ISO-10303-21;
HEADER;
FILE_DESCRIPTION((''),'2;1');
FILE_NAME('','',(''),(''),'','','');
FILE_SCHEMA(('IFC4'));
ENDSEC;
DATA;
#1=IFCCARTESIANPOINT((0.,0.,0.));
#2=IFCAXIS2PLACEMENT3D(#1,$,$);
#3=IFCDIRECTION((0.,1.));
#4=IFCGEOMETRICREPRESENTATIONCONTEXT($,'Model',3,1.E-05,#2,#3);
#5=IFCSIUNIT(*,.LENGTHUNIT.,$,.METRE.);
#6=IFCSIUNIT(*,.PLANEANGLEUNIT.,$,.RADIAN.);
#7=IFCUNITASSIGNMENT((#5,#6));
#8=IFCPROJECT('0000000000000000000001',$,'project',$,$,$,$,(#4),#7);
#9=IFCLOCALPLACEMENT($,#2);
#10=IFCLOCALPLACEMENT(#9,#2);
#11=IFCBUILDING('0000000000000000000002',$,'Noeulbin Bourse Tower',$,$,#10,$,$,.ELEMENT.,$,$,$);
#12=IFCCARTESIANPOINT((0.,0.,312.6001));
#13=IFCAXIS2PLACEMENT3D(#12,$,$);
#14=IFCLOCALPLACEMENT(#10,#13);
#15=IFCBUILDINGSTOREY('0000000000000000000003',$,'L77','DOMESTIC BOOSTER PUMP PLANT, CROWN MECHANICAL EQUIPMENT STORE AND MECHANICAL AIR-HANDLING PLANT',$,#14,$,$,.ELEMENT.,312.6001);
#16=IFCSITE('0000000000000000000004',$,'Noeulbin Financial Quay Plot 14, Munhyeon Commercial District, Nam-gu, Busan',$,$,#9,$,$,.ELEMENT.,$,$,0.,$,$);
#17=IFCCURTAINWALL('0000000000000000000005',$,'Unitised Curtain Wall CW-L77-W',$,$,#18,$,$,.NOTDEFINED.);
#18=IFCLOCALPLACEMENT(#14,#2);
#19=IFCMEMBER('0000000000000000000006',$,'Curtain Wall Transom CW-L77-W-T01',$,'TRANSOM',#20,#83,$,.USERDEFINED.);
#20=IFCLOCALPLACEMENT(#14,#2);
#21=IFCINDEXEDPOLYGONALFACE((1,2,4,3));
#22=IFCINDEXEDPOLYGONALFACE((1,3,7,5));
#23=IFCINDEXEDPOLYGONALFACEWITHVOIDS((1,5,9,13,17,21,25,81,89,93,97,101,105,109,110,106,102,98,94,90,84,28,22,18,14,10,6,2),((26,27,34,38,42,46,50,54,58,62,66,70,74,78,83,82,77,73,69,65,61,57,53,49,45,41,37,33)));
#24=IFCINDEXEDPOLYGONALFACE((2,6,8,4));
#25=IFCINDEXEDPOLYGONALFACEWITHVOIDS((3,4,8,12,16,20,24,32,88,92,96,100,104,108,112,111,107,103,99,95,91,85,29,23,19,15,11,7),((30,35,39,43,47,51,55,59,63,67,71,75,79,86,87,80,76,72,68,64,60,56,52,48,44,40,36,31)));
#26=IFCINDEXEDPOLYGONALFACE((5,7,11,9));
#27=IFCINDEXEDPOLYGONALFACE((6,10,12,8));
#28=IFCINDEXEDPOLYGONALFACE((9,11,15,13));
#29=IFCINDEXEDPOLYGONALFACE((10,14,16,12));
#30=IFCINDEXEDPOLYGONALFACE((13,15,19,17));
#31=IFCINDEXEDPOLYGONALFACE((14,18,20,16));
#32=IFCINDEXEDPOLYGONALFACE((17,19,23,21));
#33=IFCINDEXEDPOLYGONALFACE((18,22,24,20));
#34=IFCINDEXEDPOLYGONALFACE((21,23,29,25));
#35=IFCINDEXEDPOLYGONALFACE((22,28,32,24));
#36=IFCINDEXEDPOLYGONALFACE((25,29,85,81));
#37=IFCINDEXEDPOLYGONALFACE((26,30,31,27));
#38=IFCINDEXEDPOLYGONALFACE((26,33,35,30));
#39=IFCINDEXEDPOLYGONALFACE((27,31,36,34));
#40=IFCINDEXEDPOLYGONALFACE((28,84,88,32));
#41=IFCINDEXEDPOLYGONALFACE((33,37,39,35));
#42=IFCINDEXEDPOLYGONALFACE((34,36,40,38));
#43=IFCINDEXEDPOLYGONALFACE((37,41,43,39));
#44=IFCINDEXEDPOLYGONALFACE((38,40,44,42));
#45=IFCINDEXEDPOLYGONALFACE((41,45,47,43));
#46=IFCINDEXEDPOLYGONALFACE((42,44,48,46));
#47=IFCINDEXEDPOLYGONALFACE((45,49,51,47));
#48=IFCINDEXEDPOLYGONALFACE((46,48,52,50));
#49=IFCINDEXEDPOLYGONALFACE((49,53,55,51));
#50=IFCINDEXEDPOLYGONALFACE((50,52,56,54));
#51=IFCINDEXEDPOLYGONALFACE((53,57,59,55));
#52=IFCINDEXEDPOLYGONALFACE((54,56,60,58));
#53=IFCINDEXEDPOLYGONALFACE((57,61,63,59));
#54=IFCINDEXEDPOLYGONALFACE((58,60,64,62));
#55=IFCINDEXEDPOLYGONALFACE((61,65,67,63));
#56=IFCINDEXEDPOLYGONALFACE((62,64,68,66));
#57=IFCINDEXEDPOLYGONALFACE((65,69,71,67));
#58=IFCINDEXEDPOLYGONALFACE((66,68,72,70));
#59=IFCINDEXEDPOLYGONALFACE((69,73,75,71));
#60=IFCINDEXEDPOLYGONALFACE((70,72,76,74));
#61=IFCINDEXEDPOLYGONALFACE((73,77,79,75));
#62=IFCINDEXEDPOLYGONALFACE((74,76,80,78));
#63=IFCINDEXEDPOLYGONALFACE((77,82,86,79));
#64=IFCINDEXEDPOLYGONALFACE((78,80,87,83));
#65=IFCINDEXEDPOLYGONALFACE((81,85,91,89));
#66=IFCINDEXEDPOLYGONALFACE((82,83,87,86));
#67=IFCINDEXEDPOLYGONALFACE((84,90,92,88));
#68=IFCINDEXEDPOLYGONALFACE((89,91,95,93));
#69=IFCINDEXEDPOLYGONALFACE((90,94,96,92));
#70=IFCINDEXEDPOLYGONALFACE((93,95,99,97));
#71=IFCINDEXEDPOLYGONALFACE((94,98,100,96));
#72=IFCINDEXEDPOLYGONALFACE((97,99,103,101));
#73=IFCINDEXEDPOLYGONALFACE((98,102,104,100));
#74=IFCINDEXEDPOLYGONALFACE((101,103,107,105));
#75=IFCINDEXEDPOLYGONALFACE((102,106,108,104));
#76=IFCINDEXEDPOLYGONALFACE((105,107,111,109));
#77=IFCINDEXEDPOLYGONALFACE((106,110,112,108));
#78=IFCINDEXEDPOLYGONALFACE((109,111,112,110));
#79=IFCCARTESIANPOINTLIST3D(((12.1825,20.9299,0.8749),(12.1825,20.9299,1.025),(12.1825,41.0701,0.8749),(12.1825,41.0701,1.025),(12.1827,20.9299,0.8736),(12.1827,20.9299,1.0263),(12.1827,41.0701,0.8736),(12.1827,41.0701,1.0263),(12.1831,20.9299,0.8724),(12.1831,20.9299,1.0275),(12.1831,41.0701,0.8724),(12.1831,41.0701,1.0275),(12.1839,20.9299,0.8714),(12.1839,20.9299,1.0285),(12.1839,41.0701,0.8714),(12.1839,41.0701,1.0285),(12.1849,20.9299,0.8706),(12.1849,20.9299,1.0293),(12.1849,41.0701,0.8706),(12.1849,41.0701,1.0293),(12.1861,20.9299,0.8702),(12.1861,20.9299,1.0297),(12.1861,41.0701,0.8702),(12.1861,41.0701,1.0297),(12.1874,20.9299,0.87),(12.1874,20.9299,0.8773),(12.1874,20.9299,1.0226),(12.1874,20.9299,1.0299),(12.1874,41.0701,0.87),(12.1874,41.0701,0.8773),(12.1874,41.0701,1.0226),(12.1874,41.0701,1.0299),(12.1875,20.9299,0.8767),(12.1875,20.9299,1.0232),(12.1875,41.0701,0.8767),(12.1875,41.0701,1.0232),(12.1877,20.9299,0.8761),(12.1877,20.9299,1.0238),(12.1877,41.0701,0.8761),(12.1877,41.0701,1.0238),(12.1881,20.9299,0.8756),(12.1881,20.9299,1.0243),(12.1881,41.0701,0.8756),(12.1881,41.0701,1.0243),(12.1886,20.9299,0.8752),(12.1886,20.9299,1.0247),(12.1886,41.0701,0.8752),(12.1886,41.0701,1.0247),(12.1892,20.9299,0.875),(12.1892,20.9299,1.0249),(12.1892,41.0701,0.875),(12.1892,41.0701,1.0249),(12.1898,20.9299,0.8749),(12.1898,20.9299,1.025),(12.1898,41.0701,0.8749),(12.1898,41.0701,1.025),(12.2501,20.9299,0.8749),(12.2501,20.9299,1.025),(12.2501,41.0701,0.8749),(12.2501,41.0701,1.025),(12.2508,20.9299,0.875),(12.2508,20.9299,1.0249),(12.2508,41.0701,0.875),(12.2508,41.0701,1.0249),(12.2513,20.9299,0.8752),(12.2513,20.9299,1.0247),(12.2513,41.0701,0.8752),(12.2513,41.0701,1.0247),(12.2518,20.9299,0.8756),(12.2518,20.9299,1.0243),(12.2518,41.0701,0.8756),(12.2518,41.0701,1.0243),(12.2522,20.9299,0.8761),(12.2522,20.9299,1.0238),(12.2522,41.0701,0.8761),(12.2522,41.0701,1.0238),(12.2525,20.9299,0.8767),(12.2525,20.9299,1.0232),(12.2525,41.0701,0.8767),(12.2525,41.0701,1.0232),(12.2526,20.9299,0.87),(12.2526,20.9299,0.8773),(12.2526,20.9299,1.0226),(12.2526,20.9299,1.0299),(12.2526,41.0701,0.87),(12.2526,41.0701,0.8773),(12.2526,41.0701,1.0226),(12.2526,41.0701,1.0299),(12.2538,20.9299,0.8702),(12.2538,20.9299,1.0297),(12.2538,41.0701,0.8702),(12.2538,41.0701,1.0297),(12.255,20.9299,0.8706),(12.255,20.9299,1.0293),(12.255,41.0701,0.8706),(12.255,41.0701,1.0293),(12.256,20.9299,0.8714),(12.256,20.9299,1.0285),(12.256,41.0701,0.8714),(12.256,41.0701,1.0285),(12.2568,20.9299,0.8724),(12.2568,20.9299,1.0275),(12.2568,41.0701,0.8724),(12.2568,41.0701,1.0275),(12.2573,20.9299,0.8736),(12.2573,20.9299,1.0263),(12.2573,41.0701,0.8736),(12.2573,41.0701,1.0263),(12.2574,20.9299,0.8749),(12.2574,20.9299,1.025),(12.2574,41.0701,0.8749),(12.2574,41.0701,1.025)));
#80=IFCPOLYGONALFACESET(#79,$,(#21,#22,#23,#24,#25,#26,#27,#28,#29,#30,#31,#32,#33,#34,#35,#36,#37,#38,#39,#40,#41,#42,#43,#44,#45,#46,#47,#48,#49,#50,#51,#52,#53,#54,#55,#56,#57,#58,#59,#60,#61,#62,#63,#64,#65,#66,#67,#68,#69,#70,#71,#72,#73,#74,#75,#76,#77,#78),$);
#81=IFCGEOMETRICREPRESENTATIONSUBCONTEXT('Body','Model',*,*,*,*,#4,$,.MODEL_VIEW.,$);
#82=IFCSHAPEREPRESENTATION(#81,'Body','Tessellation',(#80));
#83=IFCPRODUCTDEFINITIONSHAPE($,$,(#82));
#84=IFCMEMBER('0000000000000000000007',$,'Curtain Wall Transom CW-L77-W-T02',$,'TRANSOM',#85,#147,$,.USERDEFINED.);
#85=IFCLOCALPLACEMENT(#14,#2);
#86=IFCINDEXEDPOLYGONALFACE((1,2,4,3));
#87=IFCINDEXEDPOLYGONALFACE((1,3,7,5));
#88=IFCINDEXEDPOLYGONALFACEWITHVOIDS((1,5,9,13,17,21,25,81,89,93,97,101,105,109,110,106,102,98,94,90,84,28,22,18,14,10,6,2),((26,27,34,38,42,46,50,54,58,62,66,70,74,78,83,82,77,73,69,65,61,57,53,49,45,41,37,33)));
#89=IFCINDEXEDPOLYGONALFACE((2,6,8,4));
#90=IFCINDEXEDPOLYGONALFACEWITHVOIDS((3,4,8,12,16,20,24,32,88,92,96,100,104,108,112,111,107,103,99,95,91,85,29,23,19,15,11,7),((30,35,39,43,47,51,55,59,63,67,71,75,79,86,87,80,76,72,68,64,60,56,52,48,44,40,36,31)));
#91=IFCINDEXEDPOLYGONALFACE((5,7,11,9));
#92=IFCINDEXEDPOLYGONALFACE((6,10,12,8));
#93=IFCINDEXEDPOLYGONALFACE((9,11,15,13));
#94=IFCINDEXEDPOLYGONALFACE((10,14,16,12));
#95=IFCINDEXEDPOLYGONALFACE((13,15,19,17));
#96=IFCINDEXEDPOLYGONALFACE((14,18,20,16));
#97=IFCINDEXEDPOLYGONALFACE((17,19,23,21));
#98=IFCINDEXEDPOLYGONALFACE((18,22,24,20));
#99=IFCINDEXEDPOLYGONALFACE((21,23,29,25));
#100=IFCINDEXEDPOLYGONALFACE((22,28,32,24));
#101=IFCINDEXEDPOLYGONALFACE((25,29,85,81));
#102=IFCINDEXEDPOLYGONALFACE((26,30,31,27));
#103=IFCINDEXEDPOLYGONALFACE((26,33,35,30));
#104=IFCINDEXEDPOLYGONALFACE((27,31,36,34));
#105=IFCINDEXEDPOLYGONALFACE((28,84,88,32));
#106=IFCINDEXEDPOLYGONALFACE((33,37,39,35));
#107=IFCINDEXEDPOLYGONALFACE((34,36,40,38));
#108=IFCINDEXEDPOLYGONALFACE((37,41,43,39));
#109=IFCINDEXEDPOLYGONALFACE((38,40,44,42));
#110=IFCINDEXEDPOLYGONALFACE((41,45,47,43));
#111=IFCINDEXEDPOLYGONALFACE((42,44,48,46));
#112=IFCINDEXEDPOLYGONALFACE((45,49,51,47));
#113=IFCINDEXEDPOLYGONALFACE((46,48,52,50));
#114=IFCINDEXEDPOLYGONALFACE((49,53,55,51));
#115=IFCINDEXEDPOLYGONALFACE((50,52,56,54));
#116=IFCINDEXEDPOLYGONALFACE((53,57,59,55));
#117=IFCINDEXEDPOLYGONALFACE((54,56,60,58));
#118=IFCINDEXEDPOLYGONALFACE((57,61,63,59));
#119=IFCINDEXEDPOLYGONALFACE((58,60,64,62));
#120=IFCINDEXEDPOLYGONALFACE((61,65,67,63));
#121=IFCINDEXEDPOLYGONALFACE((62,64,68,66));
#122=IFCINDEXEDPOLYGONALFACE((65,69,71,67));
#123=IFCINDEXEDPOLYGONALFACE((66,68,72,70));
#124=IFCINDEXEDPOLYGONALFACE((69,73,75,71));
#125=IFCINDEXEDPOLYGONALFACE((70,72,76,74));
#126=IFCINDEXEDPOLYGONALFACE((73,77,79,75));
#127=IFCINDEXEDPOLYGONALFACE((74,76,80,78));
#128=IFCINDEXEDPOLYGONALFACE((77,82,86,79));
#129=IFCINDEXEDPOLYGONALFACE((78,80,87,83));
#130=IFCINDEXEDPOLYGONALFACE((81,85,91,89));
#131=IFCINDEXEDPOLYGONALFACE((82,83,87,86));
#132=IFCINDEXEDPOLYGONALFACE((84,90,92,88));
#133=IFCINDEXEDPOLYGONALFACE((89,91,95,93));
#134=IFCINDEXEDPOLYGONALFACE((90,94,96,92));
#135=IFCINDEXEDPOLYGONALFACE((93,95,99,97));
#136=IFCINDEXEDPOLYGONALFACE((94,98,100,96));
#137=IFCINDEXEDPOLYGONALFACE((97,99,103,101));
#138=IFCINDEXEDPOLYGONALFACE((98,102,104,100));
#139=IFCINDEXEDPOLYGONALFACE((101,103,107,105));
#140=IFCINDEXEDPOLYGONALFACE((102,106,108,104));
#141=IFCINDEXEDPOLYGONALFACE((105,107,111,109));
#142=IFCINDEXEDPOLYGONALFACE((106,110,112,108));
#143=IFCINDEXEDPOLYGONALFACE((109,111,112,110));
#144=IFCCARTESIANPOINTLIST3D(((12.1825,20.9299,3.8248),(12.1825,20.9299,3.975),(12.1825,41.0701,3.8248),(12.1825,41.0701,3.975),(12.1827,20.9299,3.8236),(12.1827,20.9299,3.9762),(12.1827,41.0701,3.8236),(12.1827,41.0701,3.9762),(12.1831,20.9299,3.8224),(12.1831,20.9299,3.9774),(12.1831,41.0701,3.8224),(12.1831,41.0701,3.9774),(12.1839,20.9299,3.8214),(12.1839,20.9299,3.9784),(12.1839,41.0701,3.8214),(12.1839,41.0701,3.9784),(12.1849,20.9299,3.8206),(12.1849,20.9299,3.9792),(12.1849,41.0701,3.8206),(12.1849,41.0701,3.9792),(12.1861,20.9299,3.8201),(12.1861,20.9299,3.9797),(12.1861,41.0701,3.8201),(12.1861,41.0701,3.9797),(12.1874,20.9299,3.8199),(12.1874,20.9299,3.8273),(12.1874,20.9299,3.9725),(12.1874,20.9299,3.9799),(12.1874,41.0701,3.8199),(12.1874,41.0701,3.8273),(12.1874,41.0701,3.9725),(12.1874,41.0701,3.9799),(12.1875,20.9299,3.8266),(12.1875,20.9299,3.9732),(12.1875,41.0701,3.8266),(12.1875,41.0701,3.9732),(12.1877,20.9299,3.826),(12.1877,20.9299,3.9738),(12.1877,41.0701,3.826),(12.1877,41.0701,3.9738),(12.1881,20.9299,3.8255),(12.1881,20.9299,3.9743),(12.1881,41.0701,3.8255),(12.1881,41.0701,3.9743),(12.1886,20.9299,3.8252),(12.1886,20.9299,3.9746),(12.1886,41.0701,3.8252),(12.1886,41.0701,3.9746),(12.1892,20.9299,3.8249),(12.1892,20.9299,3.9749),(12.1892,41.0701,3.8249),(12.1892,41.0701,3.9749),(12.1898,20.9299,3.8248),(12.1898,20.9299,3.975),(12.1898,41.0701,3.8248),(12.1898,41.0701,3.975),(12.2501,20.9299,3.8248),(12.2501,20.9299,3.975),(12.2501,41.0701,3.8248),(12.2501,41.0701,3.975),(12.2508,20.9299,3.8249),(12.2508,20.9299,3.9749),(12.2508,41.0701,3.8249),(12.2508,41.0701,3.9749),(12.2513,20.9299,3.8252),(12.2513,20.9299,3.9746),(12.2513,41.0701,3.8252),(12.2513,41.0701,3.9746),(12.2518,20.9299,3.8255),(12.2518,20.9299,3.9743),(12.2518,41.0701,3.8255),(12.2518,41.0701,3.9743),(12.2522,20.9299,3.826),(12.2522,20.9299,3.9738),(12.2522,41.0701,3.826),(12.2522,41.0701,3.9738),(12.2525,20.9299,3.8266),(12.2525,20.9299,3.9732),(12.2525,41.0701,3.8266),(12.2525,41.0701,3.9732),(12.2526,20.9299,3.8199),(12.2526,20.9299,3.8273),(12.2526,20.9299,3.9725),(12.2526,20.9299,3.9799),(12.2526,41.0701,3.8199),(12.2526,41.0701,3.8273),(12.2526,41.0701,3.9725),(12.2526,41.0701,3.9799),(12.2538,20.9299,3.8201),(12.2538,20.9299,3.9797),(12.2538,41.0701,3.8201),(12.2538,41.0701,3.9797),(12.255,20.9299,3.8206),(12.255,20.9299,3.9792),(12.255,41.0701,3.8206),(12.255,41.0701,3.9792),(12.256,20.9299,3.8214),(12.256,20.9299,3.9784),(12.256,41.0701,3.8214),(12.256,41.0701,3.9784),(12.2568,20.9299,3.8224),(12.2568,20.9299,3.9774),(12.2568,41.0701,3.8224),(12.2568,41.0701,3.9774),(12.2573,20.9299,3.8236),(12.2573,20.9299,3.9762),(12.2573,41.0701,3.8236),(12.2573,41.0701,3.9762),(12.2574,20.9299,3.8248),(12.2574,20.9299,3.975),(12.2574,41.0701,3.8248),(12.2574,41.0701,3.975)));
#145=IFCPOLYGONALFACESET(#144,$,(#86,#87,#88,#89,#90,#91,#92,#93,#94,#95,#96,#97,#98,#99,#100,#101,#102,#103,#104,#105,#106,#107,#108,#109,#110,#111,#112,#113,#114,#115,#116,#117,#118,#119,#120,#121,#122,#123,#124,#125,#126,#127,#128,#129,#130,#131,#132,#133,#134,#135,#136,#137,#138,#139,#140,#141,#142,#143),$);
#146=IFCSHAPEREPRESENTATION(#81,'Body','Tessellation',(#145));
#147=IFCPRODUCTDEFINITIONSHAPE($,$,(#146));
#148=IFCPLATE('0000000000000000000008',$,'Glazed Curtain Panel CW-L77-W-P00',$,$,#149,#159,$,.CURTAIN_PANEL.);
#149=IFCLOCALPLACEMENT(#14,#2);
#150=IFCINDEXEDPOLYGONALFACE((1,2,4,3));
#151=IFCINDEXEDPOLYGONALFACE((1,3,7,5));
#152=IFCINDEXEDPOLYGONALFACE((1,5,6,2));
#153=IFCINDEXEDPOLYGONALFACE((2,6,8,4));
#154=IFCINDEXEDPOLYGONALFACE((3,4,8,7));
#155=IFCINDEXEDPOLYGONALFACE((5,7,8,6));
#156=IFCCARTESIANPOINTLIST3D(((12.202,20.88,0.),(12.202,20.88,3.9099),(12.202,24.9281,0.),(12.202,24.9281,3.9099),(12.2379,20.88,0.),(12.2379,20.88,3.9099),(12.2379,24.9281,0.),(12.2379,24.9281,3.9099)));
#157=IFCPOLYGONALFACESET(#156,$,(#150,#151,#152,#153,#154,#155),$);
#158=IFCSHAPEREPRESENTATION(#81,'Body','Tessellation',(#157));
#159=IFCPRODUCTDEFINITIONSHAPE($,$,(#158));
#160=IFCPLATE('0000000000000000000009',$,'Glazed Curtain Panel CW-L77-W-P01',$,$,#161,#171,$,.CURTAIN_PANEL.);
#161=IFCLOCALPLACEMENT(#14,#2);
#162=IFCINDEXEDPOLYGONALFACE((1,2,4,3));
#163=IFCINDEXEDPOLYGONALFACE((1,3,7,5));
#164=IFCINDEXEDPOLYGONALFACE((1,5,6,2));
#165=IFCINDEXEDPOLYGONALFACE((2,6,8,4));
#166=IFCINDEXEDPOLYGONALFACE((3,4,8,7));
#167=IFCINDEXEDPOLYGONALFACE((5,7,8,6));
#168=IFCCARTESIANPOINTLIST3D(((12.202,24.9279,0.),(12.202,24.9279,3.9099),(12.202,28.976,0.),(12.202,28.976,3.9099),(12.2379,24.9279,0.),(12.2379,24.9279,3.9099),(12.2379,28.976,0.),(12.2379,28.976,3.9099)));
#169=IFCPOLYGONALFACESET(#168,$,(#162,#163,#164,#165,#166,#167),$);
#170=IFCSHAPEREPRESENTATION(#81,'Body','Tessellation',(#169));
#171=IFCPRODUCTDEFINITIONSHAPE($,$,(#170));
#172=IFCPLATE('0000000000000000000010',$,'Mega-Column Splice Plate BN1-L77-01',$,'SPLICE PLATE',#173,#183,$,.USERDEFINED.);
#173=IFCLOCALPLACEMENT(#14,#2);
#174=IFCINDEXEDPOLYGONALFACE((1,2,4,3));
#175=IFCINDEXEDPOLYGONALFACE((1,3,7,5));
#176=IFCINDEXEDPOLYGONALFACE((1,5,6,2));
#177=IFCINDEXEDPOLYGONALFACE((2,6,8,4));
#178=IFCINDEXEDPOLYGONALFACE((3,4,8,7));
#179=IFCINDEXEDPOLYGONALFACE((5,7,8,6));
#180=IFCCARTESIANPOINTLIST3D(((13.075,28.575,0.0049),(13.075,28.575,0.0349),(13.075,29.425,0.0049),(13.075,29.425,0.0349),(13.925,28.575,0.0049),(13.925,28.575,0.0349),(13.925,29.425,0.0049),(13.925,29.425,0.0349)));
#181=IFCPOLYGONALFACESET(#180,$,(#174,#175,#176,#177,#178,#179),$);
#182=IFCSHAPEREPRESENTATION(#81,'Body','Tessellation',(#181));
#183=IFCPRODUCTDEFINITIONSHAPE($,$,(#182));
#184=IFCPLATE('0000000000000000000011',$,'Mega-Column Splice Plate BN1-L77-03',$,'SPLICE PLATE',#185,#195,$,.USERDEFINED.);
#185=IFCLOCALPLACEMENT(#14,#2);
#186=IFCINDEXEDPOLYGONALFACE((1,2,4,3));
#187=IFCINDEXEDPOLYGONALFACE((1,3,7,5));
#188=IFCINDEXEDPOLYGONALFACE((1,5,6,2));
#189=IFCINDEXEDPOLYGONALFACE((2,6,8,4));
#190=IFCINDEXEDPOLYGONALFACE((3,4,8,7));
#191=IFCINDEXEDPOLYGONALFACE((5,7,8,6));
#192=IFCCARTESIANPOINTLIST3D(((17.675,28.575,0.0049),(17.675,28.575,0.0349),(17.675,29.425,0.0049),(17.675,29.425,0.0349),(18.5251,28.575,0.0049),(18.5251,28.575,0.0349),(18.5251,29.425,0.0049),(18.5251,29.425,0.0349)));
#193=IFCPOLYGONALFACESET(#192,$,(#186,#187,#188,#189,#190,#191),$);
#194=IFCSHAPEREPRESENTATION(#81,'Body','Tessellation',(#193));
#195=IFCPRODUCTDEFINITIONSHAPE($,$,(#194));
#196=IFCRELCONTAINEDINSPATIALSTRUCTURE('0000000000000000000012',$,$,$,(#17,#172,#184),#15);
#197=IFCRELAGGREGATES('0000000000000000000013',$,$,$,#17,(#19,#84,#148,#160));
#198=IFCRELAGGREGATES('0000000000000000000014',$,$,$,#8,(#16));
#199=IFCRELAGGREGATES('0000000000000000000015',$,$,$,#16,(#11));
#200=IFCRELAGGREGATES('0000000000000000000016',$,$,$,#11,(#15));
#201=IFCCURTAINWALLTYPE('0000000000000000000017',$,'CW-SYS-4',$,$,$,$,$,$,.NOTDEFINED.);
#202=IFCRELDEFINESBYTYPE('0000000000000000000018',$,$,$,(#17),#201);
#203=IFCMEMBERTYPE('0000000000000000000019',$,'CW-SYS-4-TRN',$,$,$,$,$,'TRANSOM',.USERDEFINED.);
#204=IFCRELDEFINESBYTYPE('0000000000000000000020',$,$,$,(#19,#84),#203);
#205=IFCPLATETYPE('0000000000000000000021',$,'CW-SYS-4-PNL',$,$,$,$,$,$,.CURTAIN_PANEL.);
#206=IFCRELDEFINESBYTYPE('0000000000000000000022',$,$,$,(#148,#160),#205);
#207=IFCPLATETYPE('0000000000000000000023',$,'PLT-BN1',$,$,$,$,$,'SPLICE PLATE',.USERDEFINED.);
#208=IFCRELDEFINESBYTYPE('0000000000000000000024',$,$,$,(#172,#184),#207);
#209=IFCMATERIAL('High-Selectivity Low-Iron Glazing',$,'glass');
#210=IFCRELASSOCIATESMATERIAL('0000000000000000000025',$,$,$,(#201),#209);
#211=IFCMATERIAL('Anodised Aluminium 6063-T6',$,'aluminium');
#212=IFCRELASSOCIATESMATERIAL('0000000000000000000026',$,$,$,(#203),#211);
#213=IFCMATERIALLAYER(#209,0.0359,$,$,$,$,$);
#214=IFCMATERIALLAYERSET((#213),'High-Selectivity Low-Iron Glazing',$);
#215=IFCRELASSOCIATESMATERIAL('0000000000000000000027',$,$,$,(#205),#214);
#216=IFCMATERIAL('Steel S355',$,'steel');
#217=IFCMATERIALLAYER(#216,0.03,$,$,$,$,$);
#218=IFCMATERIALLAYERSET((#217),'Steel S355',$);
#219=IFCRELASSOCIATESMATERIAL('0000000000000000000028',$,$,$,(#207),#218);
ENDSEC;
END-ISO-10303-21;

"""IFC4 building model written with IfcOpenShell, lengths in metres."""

from ifc_helpers import new_model, si_unit, direction, frame, origin, origin_2d, place, context, subcontext, project, spatial, rectangle, hollow_rectangle, extrude, material, layer, layer_set, material_profile, profile_set, type_object, element, aggregate, save


model = new_model("IFC4")

# Units and contexts
model_context = context("Model", 3, precision=1e-05, world=origin(), true_north=direction((0.0, 1.0)))
body_context = subcontext(model_context, "Body", "Model", "MODEL_VIEW")
ifc_project = project(units=[si_unit("LENGTHUNIT", "METRE"), si_unit("PLANEANGLEUNIT", "RADIAN")], contexts=[model_context])

# Site, building, storey
site_placement = place(None, origin())
site = spatial("IfcSite", under=ifc_project, at=site_placement, Name="Noeulbin Financial Quay Plot 14, Munhyeon Commercial District, Nam-gu, Busan", CompositionType="ELEMENT", RefElevation=0.0)
building_placement = place(site_placement, origin())
building = spatial("IfcBuilding", under=site, at=building_placement, Name="Noeulbin Bourse Tower", CompositionType="ELEMENT")
storey_placement = place(building_placement, frame((0.0, 0.0, 312.6001)))
storey = spatial("IfcBuildingStorey", under=building, at=storey_placement, Name="L77", Description="DOMESTIC BOOSTER PUMP PLANT, CROWN MECHANICAL EQUIPMENT STORE AND MECHANICAL AIR-HANDLING PLANT", CompositionType="ELEMENT", Elevation=312.6001)

# Shared definitions
ifc_material_1 = material(Name="Steel S355", Category="steel")

# Curtain wall, members, plates
ifc_material_2 = material(Name="High-Selectivity Low-Iron Glazing", Category="glass")
curtain_wall_type = type_object("IfcCurtainWallType", Name="CW-SYS-4", PredefinedType="NOTDEFINED", material=ifc_material_2)
curtain_wall_placement = place(storey_placement, origin())
curtain_wall = element("IfcCurtainWall", 1, at=curtain_wall_placement, inside=storey, type_object=curtain_wall_type, Name="Unitised Curtain Wall CW-L77-W", PredefinedType="NOTDEFINED")
ifc_material_3 = material(Name="Anodised Aluminium 6063-T6", Category="aluminium")
ifc_material_profile_1 = material_profile(ifc_material_3, hollow_rectangle(XDim=0.075, YDim=0.1599, WallThickness=0.0049, InnerFilletRadius=0.0024, OuterFilletRadius=0.0049, at=origin_2d()), Name="ALU-TRAN-75x160x5", Category="LoadBearing")
ifc_profile_set_1 = profile_set([ifc_material_profile_1], Name="Anodised Aluminium 6063-T6")
member_type_1 = type_object("IfcMemberType", Name="CW-SYS-4-TRN", ElementType="TRANSOM", PredefinedType="USERDEFINED", material=ifc_profile_set_1)
member_1_placement = place(storey_placement, frame((12.22, 20.9299, 0.95), z_axis=(0.0, 1.0, 0.0), x_axis=(-1.0, 0.0, 0.0)))
member_1 = element("IfcMember", 2, at=member_1_placement, type_object=member_type_1, Name="Curtain Wall Transom CW-L77-W-T01", ObjectType="TRANSOM", PredefinedType="USERDEFINED", context=body_context, shape_type="SweptSolid", body=[
    extrude(hollow_rectangle(XDim=0.075, YDim=0.1599, WallThickness=0.0049, InnerFilletRadius=0.0024, OuterFilletRadius=0.0049, at=origin_2d()), origin(), (0.0, 0.0, 1.0), 20.1401),
])
member_2_placement = place(storey_placement, frame((12.22, 20.9299, 3.8999), z_axis=(0.0, 1.0, 0.0), x_axis=(-1.0, 0.0, 0.0)))
member_2 = element("IfcMember", 3, at=member_2_placement, type_object=member_type_1, Name="Curtain Wall Transom CW-L77-W-T02", ObjectType="TRANSOM", PredefinedType="USERDEFINED", context=body_context, shape_type="SweptSolid", body=[
    extrude(hollow_rectangle(XDim=0.075, YDim=0.1599, WallThickness=0.0049, InnerFilletRadius=0.0024, OuterFilletRadius=0.0049, at=origin_2d()), origin(), (0.0, 0.0, 1.0), 20.1401),
])
ifc_layer_1 = layer(ifc_material_2, 0.0359)
ifc_layer_set_1 = layer_set([ifc_layer_1], Name="High-Selectivity Low-Iron Glazing")
plate_type_1 = type_object("IfcPlateType", Name="CW-SYS-4-PNL", PredefinedType="CURTAIN_PANEL", material=ifc_layer_set_1)
plate_1_placement = place(storey_placement, frame((12.22, 22.9041, 0.0), z_axis=(0.0, 0.0, 1.0), x_axis=(0.0, 1.0, 0.0)))
plate_1 = element("IfcPlate", 4, at=plate_1_placement, type_object=plate_type_1, Name="Glazed Curtain Panel CW-L77-W-P00", PredefinedType="CURTAIN_PANEL", context=body_context, shape_type="SweptSolid", body=[
    extrude(rectangle(XDim=4.0481, YDim=0.0359, at=origin_2d()), origin(), (0.0, 0.0, 1.0), 3.9099),
])
plate_2_placement = place(storey_placement, frame((12.22, 26.9519, 0.0), z_axis=(0.0, 0.0, 1.0), x_axis=(0.0, 1.0, 0.0)))
plate_2 = element("IfcPlate", 5, at=plate_2_placement, type_object=plate_type_1, Name="Glazed Curtain Panel CW-L77-W-P01", PredefinedType="CURTAIN_PANEL", context=body_context, shape_type="SweptSolid", body=[
    extrude(rectangle(XDim=4.0481, YDim=0.0359, at=origin_2d()), origin(), (0.0, 0.0, 1.0), 3.9099),
])
aggregate(curtain_wall, [member_1, member_2, plate_1, plate_2])

# Plates
ifc_layer_2 = layer(ifc_material_1, 0.03)
ifc_layer_set_2 = layer_set([ifc_layer_2], Name="Steel S355")
plate_type_2 = type_object("IfcPlateType", Name="PLT-BN1", ElementType="SPLICE PLATE", PredefinedType="USERDEFINED", material=ifc_layer_set_2)
for number, where, z_axis, x_axis, name in (
    (6, (13.5, 29.0, 0.0049), (0.0, 0.0, 1.0), (1.0, 0.0, 0.0), "Mega-Column Splice Plate BN1-L77-01"),
    (7, (18.1001, 29.0, 0.0049), (0.0, 0.0, 1.0), (1.0, 0.0, 0.0), "Mega-Column Splice Plate BN1-L77-03"),
):
    element("IfcPlate", number, at=place(storey_placement, frame(where, z_axis=z_axis, x_axis=x_axis)), inside=storey, type_object=plate_type_2, Name=name, ObjectType="SPLICE PLATE", PredefinedType="USERDEFINED", context=body_context, shape_type="SweptSolid", body=[
        extrude(rectangle(XDim=0.8501, YDim=0.8501, at=origin_2d()), origin(), (0.0, 0.0, 1.0), 0.03),
    ])

save(model, "model.ifc")
